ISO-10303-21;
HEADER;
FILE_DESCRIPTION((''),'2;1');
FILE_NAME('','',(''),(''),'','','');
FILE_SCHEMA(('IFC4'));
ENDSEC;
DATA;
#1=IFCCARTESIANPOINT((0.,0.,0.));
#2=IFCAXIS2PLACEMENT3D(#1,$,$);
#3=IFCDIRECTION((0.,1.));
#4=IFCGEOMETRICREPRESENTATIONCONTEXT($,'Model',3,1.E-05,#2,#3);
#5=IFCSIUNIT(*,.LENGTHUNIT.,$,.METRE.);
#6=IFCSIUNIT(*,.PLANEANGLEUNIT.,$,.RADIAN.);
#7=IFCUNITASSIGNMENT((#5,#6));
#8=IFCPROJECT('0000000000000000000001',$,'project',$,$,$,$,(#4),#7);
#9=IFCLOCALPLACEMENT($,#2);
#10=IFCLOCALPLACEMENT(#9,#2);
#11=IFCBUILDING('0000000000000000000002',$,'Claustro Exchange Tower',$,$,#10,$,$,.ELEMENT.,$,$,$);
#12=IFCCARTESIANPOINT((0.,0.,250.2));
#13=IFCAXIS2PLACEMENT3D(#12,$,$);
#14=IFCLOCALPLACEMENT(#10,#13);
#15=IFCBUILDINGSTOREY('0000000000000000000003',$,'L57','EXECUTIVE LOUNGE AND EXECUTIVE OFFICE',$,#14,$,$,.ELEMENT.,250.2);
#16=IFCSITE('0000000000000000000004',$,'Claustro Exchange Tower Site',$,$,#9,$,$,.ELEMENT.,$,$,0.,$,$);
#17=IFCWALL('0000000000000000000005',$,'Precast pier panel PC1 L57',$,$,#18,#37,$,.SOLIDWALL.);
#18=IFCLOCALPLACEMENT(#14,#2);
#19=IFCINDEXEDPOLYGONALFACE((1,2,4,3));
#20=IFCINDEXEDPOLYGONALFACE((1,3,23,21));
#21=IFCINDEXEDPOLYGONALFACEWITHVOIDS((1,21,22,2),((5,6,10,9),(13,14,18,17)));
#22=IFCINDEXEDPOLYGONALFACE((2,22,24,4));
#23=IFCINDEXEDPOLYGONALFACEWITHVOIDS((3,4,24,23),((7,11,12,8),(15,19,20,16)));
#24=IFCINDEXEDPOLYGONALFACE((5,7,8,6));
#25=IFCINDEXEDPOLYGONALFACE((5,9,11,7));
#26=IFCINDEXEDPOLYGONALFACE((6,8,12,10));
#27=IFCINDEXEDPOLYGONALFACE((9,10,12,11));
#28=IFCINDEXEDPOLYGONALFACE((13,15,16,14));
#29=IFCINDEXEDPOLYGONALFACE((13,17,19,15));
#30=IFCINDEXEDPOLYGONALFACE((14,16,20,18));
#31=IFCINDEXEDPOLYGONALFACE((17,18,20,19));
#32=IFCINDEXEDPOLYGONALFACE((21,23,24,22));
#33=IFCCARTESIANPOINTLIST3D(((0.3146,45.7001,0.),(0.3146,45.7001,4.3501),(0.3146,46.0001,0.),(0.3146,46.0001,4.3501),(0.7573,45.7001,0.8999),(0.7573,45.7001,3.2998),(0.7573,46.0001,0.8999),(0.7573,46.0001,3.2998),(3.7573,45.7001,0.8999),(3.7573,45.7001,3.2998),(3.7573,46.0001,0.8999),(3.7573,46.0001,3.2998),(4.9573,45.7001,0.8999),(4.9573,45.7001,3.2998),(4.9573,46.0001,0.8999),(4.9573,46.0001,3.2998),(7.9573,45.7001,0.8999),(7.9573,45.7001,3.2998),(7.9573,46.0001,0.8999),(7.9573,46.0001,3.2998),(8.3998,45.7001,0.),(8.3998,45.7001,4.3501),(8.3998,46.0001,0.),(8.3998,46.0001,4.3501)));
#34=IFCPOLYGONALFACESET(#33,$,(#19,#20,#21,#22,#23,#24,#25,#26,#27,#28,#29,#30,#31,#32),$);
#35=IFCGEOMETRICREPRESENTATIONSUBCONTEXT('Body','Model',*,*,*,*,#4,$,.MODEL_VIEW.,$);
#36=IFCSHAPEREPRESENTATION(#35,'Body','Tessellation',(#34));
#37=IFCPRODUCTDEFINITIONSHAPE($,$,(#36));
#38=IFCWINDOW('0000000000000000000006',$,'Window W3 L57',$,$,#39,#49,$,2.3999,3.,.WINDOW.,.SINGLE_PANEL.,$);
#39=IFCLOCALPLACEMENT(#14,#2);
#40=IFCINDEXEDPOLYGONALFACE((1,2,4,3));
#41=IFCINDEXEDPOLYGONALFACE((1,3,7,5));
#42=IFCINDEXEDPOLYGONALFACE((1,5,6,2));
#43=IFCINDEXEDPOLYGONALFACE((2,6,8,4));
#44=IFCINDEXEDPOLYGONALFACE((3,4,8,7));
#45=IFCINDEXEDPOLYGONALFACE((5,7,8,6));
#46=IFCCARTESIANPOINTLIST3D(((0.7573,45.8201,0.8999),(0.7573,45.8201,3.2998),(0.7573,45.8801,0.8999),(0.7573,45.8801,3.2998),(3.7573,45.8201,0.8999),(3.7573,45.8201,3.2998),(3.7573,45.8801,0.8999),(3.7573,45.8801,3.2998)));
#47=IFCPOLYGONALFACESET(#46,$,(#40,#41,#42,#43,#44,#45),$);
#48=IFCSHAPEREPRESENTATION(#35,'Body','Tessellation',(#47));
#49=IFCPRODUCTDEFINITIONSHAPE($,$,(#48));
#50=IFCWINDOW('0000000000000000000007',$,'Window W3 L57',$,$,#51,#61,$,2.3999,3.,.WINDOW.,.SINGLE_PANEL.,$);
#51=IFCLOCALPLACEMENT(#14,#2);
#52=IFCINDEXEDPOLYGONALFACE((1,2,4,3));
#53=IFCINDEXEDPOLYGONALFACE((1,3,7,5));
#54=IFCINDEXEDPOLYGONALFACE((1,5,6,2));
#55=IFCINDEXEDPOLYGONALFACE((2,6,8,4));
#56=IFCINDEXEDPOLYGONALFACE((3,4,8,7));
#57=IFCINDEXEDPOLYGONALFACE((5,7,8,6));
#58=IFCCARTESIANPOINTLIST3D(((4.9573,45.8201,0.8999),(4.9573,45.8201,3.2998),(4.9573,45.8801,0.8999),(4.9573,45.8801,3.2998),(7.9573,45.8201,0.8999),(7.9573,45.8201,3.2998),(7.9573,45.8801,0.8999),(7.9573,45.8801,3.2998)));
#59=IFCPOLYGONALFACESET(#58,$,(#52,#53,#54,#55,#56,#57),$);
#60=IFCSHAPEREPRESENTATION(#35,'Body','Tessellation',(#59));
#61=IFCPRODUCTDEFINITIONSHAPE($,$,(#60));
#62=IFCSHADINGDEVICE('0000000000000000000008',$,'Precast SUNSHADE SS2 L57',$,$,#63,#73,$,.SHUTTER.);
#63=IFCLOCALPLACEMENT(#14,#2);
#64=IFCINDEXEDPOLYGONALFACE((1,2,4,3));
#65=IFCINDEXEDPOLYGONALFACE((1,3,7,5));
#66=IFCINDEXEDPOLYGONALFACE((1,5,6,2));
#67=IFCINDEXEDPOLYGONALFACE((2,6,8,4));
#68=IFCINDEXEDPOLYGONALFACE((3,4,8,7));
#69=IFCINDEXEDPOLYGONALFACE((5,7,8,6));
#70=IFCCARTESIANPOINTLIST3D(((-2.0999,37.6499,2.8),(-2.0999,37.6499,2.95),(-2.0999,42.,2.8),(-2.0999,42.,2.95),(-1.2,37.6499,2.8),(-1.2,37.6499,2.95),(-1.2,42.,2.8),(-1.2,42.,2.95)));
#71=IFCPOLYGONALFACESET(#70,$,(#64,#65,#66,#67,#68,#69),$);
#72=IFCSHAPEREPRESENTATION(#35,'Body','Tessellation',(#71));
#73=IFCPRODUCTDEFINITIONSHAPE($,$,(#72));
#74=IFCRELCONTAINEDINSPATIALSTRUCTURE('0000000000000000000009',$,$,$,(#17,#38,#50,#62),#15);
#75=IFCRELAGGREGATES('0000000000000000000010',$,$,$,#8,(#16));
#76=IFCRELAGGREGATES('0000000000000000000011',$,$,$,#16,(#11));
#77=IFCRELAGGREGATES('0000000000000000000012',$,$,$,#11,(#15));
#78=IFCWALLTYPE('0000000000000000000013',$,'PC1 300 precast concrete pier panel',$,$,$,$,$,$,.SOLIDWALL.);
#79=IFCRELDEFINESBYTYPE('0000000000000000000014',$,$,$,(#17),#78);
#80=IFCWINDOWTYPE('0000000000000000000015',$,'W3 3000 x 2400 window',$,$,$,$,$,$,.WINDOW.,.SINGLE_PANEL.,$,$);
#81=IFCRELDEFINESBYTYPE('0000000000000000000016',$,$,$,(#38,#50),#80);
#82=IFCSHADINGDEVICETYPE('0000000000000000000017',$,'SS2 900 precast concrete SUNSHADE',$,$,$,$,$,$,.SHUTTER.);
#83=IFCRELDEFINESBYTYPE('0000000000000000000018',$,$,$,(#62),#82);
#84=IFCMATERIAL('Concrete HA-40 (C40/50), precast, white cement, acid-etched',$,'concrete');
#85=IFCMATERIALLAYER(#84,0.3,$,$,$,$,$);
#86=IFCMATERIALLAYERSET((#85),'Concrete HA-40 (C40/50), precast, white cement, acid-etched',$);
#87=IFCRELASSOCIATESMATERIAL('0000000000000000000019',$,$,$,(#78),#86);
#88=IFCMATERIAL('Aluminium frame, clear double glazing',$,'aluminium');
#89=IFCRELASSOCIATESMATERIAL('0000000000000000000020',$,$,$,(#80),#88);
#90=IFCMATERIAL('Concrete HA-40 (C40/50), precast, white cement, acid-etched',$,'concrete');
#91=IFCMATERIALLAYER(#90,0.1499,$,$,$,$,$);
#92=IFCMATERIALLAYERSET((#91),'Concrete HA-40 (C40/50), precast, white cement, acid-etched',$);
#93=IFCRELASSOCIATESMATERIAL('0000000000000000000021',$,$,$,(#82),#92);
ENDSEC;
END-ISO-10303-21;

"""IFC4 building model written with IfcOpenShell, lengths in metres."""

from ifc_helpers import new_model, si_unit, direction, frame, frame_2d, origin, origin_2d, place, context, subcontext, project, spatial, rectangle, extrude, material, layer, layer_set, type_object, element, fill, save


model = new_model("IFC4")

# Units and contexts
model_context = context("Model", 3, precision=1e-05, world=origin(), true_north=direction((0.0, 1.0)))
body_context = subcontext(model_context, "Body", "Model", "MODEL_VIEW")
ifc_project = project(units=[si_unit("LENGTHUNIT", "METRE"), si_unit("PLANEANGLEUNIT", "RADIAN")], contexts=[model_context])

# Site, building, storey
site_placement = place(None, origin())
site = spatial("IfcSite", under=ifc_project, at=site_placement, Name="Claustro Exchange Tower Site", CompositionType="ELEMENT", RefElevation=0.0)
building_placement = place(site_placement, origin())
building = spatial("IfcBuilding", under=site, at=building_placement, Name="Claustro Exchange Tower", CompositionType="ELEMENT")
storey_placement = place(building_placement, frame((0.0, 0.0, 250.2)))
storey = spatial("IfcBuildingStorey", under=building, at=storey_placement, Name="L57", Description="EXECUTIVE LOUNGE AND EXECUTIVE OFFICE", CompositionType="ELEMENT", Elevation=250.2)

# Shared definitions
ifc_material_1 = material(Name="Concrete HA-40 (C40/50), precast, white cement, acid-etched", Category="concrete")
ifc_layer_1 = layer(ifc_material_1, 0.3)
ifc_layer_set_1 = layer_set([ifc_layer_1], Name="Concrete HA-40 (C40/50), precast, white cement, acid-etched")
wall_type_1 = type_object("IfcWallType", Name="PC1 300 precast concrete pier panel", PredefinedType="SOLIDWALL", material=ifc_layer_set_1)

# Wall, openings, windows
wall_1_placement = place(storey_placement, frame((0.3147, 45.8501, 0.0), z_axis=(0.0, 0.0, 1.0), x_axis=(1.0, 0.0, 0.0)))
wall_1 = element("IfcWall", 1, at=wall_1_placement, inside=storey, type_object=wall_type_1, Name="Precast pier panel PC1 L57", PredefinedType="SOLIDWALL", context=body_context, shape_type="SweptSolid", body=[
    extrude(rectangle(XDim=8.0852, YDim=0.3, at=frame_2d((4.0425, 0.0))), origin(), (0.0, 0.0, 1.0), 4.3501),
])
opening_1_placement = place(wall_1_placement, frame((0.4426, 0.0, 0.8999)))
opening_1 = element("IfcOpeningElement", 2, at=opening_1_placement, cuts=wall_1, PredefinedType="OPENING", context=body_context, shape_type="SweptSolid", body=[
    extrude(rectangle(XDim=3.0, YDim=2.3999, at=frame_2d((1.5, 1.2))), frame((0.0, 0.1599, 0.0), z_axis=(0.0, -1.0, 0.0), x_axis=(1.0, 0.0, 0.0)), (0.0, 0.0, 1.0), 0.3201),
])
opening_2_placement = place(wall_1_placement, frame((4.6426, 0.0, 0.8999)))
opening_2 = element("IfcOpeningElement", 3, at=opening_2_placement, cuts=wall_1, PredefinedType="OPENING", context=body_context, shape_type="SweptSolid", body=[
    extrude(rectangle(XDim=3.0, YDim=2.3999, at=frame_2d((1.5, 1.2))), frame((0.0, 0.1599, 0.0), z_axis=(0.0, -1.0, 0.0), x_axis=(1.0, 0.0, 0.0)), (0.0, 0.0, 1.0), 0.3201),
])
ifc_material_2 = material(Name="Aluminium frame, clear double glazing", Category="aluminium")
window_type = type_object("IfcWindowType", Name="W3 3000 x 2400 window", PartitioningType="SINGLE_PANEL", PredefinedType="WINDOW", material=ifc_material_2)
window_1_placement = place(opening_1_placement, origin())
window_1 = element("IfcWindow", 4, at=window_1_placement, inside=storey, type_object=window_type, Name="Window W3 L57", OverallHeight=2.3999, OverallWidth=3.0, PartitioningType="SINGLE_PANEL", PredefinedType="WINDOW", context=body_context, shape_type="SweptSolid", body=[
    extrude(rectangle(XDim=3.0, YDim=2.3999, at=frame_2d((1.5, 1.2))), frame((0.0, 0.03, 0.0), z_axis=(0.0, -1.0, 0.0), x_axis=(1.0, 0.0, 0.0)), (0.0, 0.0, 1.0), 0.0601),
])
fill(opening_1, window_1)
window_2_placement = place(opening_2_placement, origin())
window_2 = element("IfcWindow", 5, at=window_2_placement, inside=storey, type_object=window_type, Name="Window W3 L57", OverallHeight=2.3999, OverallWidth=3.0, PartitioningType="SINGLE_PANEL", PredefinedType="WINDOW", context=body_context, shape_type="SweptSolid", body=[
    extrude(rectangle(XDim=3.0, YDim=2.3999, at=frame_2d((1.5, 1.2))), frame((0.0, 0.03, 0.0), z_axis=(0.0, -1.0, 0.0), x_axis=(1.0, 0.0, 0.0)), (0.0, 0.0, 1.0), 0.0601),
])
fill(opening_2, window_2)

# Shading device
ifc_material_3 = material(Name="Concrete HA-40 (C40/50), precast, white cement, acid-etched", Category="concrete")
ifc_layer_2 = layer(ifc_material_3, 0.1499)
ifc_layer_set_2 = layer_set([ifc_layer_2], Name="Concrete HA-40 (C40/50), precast, white cement, acid-etched")
shading_device_type = type_object("IfcShadingDeviceType", Name="SS2 900 precast concrete SUNSHADE", PredefinedType="SHUTTER", material=ifc_layer_set_2)
shading_device_placement = place(storey_placement, frame((-1.6499, 39.825, 2.8), z_axis=(0.0, 0.0, 1.0), x_axis=(0.0, 1.0, 0.0)))
element("IfcShadingDevice", 6, at=shading_device_placement, inside=storey, type_object=shading_device_type, Name="Precast SUNSHADE SS2 L57", PredefinedType="SHUTTER", context=body_context, shape_type="SweptSolid", body=[
    extrude(rectangle(XDim=4.3501, YDim=0.8999, at=origin_2d()), origin(), (0.0, 0.0, 1.0), 0.1499),
])

save(model, "model.ifc")
